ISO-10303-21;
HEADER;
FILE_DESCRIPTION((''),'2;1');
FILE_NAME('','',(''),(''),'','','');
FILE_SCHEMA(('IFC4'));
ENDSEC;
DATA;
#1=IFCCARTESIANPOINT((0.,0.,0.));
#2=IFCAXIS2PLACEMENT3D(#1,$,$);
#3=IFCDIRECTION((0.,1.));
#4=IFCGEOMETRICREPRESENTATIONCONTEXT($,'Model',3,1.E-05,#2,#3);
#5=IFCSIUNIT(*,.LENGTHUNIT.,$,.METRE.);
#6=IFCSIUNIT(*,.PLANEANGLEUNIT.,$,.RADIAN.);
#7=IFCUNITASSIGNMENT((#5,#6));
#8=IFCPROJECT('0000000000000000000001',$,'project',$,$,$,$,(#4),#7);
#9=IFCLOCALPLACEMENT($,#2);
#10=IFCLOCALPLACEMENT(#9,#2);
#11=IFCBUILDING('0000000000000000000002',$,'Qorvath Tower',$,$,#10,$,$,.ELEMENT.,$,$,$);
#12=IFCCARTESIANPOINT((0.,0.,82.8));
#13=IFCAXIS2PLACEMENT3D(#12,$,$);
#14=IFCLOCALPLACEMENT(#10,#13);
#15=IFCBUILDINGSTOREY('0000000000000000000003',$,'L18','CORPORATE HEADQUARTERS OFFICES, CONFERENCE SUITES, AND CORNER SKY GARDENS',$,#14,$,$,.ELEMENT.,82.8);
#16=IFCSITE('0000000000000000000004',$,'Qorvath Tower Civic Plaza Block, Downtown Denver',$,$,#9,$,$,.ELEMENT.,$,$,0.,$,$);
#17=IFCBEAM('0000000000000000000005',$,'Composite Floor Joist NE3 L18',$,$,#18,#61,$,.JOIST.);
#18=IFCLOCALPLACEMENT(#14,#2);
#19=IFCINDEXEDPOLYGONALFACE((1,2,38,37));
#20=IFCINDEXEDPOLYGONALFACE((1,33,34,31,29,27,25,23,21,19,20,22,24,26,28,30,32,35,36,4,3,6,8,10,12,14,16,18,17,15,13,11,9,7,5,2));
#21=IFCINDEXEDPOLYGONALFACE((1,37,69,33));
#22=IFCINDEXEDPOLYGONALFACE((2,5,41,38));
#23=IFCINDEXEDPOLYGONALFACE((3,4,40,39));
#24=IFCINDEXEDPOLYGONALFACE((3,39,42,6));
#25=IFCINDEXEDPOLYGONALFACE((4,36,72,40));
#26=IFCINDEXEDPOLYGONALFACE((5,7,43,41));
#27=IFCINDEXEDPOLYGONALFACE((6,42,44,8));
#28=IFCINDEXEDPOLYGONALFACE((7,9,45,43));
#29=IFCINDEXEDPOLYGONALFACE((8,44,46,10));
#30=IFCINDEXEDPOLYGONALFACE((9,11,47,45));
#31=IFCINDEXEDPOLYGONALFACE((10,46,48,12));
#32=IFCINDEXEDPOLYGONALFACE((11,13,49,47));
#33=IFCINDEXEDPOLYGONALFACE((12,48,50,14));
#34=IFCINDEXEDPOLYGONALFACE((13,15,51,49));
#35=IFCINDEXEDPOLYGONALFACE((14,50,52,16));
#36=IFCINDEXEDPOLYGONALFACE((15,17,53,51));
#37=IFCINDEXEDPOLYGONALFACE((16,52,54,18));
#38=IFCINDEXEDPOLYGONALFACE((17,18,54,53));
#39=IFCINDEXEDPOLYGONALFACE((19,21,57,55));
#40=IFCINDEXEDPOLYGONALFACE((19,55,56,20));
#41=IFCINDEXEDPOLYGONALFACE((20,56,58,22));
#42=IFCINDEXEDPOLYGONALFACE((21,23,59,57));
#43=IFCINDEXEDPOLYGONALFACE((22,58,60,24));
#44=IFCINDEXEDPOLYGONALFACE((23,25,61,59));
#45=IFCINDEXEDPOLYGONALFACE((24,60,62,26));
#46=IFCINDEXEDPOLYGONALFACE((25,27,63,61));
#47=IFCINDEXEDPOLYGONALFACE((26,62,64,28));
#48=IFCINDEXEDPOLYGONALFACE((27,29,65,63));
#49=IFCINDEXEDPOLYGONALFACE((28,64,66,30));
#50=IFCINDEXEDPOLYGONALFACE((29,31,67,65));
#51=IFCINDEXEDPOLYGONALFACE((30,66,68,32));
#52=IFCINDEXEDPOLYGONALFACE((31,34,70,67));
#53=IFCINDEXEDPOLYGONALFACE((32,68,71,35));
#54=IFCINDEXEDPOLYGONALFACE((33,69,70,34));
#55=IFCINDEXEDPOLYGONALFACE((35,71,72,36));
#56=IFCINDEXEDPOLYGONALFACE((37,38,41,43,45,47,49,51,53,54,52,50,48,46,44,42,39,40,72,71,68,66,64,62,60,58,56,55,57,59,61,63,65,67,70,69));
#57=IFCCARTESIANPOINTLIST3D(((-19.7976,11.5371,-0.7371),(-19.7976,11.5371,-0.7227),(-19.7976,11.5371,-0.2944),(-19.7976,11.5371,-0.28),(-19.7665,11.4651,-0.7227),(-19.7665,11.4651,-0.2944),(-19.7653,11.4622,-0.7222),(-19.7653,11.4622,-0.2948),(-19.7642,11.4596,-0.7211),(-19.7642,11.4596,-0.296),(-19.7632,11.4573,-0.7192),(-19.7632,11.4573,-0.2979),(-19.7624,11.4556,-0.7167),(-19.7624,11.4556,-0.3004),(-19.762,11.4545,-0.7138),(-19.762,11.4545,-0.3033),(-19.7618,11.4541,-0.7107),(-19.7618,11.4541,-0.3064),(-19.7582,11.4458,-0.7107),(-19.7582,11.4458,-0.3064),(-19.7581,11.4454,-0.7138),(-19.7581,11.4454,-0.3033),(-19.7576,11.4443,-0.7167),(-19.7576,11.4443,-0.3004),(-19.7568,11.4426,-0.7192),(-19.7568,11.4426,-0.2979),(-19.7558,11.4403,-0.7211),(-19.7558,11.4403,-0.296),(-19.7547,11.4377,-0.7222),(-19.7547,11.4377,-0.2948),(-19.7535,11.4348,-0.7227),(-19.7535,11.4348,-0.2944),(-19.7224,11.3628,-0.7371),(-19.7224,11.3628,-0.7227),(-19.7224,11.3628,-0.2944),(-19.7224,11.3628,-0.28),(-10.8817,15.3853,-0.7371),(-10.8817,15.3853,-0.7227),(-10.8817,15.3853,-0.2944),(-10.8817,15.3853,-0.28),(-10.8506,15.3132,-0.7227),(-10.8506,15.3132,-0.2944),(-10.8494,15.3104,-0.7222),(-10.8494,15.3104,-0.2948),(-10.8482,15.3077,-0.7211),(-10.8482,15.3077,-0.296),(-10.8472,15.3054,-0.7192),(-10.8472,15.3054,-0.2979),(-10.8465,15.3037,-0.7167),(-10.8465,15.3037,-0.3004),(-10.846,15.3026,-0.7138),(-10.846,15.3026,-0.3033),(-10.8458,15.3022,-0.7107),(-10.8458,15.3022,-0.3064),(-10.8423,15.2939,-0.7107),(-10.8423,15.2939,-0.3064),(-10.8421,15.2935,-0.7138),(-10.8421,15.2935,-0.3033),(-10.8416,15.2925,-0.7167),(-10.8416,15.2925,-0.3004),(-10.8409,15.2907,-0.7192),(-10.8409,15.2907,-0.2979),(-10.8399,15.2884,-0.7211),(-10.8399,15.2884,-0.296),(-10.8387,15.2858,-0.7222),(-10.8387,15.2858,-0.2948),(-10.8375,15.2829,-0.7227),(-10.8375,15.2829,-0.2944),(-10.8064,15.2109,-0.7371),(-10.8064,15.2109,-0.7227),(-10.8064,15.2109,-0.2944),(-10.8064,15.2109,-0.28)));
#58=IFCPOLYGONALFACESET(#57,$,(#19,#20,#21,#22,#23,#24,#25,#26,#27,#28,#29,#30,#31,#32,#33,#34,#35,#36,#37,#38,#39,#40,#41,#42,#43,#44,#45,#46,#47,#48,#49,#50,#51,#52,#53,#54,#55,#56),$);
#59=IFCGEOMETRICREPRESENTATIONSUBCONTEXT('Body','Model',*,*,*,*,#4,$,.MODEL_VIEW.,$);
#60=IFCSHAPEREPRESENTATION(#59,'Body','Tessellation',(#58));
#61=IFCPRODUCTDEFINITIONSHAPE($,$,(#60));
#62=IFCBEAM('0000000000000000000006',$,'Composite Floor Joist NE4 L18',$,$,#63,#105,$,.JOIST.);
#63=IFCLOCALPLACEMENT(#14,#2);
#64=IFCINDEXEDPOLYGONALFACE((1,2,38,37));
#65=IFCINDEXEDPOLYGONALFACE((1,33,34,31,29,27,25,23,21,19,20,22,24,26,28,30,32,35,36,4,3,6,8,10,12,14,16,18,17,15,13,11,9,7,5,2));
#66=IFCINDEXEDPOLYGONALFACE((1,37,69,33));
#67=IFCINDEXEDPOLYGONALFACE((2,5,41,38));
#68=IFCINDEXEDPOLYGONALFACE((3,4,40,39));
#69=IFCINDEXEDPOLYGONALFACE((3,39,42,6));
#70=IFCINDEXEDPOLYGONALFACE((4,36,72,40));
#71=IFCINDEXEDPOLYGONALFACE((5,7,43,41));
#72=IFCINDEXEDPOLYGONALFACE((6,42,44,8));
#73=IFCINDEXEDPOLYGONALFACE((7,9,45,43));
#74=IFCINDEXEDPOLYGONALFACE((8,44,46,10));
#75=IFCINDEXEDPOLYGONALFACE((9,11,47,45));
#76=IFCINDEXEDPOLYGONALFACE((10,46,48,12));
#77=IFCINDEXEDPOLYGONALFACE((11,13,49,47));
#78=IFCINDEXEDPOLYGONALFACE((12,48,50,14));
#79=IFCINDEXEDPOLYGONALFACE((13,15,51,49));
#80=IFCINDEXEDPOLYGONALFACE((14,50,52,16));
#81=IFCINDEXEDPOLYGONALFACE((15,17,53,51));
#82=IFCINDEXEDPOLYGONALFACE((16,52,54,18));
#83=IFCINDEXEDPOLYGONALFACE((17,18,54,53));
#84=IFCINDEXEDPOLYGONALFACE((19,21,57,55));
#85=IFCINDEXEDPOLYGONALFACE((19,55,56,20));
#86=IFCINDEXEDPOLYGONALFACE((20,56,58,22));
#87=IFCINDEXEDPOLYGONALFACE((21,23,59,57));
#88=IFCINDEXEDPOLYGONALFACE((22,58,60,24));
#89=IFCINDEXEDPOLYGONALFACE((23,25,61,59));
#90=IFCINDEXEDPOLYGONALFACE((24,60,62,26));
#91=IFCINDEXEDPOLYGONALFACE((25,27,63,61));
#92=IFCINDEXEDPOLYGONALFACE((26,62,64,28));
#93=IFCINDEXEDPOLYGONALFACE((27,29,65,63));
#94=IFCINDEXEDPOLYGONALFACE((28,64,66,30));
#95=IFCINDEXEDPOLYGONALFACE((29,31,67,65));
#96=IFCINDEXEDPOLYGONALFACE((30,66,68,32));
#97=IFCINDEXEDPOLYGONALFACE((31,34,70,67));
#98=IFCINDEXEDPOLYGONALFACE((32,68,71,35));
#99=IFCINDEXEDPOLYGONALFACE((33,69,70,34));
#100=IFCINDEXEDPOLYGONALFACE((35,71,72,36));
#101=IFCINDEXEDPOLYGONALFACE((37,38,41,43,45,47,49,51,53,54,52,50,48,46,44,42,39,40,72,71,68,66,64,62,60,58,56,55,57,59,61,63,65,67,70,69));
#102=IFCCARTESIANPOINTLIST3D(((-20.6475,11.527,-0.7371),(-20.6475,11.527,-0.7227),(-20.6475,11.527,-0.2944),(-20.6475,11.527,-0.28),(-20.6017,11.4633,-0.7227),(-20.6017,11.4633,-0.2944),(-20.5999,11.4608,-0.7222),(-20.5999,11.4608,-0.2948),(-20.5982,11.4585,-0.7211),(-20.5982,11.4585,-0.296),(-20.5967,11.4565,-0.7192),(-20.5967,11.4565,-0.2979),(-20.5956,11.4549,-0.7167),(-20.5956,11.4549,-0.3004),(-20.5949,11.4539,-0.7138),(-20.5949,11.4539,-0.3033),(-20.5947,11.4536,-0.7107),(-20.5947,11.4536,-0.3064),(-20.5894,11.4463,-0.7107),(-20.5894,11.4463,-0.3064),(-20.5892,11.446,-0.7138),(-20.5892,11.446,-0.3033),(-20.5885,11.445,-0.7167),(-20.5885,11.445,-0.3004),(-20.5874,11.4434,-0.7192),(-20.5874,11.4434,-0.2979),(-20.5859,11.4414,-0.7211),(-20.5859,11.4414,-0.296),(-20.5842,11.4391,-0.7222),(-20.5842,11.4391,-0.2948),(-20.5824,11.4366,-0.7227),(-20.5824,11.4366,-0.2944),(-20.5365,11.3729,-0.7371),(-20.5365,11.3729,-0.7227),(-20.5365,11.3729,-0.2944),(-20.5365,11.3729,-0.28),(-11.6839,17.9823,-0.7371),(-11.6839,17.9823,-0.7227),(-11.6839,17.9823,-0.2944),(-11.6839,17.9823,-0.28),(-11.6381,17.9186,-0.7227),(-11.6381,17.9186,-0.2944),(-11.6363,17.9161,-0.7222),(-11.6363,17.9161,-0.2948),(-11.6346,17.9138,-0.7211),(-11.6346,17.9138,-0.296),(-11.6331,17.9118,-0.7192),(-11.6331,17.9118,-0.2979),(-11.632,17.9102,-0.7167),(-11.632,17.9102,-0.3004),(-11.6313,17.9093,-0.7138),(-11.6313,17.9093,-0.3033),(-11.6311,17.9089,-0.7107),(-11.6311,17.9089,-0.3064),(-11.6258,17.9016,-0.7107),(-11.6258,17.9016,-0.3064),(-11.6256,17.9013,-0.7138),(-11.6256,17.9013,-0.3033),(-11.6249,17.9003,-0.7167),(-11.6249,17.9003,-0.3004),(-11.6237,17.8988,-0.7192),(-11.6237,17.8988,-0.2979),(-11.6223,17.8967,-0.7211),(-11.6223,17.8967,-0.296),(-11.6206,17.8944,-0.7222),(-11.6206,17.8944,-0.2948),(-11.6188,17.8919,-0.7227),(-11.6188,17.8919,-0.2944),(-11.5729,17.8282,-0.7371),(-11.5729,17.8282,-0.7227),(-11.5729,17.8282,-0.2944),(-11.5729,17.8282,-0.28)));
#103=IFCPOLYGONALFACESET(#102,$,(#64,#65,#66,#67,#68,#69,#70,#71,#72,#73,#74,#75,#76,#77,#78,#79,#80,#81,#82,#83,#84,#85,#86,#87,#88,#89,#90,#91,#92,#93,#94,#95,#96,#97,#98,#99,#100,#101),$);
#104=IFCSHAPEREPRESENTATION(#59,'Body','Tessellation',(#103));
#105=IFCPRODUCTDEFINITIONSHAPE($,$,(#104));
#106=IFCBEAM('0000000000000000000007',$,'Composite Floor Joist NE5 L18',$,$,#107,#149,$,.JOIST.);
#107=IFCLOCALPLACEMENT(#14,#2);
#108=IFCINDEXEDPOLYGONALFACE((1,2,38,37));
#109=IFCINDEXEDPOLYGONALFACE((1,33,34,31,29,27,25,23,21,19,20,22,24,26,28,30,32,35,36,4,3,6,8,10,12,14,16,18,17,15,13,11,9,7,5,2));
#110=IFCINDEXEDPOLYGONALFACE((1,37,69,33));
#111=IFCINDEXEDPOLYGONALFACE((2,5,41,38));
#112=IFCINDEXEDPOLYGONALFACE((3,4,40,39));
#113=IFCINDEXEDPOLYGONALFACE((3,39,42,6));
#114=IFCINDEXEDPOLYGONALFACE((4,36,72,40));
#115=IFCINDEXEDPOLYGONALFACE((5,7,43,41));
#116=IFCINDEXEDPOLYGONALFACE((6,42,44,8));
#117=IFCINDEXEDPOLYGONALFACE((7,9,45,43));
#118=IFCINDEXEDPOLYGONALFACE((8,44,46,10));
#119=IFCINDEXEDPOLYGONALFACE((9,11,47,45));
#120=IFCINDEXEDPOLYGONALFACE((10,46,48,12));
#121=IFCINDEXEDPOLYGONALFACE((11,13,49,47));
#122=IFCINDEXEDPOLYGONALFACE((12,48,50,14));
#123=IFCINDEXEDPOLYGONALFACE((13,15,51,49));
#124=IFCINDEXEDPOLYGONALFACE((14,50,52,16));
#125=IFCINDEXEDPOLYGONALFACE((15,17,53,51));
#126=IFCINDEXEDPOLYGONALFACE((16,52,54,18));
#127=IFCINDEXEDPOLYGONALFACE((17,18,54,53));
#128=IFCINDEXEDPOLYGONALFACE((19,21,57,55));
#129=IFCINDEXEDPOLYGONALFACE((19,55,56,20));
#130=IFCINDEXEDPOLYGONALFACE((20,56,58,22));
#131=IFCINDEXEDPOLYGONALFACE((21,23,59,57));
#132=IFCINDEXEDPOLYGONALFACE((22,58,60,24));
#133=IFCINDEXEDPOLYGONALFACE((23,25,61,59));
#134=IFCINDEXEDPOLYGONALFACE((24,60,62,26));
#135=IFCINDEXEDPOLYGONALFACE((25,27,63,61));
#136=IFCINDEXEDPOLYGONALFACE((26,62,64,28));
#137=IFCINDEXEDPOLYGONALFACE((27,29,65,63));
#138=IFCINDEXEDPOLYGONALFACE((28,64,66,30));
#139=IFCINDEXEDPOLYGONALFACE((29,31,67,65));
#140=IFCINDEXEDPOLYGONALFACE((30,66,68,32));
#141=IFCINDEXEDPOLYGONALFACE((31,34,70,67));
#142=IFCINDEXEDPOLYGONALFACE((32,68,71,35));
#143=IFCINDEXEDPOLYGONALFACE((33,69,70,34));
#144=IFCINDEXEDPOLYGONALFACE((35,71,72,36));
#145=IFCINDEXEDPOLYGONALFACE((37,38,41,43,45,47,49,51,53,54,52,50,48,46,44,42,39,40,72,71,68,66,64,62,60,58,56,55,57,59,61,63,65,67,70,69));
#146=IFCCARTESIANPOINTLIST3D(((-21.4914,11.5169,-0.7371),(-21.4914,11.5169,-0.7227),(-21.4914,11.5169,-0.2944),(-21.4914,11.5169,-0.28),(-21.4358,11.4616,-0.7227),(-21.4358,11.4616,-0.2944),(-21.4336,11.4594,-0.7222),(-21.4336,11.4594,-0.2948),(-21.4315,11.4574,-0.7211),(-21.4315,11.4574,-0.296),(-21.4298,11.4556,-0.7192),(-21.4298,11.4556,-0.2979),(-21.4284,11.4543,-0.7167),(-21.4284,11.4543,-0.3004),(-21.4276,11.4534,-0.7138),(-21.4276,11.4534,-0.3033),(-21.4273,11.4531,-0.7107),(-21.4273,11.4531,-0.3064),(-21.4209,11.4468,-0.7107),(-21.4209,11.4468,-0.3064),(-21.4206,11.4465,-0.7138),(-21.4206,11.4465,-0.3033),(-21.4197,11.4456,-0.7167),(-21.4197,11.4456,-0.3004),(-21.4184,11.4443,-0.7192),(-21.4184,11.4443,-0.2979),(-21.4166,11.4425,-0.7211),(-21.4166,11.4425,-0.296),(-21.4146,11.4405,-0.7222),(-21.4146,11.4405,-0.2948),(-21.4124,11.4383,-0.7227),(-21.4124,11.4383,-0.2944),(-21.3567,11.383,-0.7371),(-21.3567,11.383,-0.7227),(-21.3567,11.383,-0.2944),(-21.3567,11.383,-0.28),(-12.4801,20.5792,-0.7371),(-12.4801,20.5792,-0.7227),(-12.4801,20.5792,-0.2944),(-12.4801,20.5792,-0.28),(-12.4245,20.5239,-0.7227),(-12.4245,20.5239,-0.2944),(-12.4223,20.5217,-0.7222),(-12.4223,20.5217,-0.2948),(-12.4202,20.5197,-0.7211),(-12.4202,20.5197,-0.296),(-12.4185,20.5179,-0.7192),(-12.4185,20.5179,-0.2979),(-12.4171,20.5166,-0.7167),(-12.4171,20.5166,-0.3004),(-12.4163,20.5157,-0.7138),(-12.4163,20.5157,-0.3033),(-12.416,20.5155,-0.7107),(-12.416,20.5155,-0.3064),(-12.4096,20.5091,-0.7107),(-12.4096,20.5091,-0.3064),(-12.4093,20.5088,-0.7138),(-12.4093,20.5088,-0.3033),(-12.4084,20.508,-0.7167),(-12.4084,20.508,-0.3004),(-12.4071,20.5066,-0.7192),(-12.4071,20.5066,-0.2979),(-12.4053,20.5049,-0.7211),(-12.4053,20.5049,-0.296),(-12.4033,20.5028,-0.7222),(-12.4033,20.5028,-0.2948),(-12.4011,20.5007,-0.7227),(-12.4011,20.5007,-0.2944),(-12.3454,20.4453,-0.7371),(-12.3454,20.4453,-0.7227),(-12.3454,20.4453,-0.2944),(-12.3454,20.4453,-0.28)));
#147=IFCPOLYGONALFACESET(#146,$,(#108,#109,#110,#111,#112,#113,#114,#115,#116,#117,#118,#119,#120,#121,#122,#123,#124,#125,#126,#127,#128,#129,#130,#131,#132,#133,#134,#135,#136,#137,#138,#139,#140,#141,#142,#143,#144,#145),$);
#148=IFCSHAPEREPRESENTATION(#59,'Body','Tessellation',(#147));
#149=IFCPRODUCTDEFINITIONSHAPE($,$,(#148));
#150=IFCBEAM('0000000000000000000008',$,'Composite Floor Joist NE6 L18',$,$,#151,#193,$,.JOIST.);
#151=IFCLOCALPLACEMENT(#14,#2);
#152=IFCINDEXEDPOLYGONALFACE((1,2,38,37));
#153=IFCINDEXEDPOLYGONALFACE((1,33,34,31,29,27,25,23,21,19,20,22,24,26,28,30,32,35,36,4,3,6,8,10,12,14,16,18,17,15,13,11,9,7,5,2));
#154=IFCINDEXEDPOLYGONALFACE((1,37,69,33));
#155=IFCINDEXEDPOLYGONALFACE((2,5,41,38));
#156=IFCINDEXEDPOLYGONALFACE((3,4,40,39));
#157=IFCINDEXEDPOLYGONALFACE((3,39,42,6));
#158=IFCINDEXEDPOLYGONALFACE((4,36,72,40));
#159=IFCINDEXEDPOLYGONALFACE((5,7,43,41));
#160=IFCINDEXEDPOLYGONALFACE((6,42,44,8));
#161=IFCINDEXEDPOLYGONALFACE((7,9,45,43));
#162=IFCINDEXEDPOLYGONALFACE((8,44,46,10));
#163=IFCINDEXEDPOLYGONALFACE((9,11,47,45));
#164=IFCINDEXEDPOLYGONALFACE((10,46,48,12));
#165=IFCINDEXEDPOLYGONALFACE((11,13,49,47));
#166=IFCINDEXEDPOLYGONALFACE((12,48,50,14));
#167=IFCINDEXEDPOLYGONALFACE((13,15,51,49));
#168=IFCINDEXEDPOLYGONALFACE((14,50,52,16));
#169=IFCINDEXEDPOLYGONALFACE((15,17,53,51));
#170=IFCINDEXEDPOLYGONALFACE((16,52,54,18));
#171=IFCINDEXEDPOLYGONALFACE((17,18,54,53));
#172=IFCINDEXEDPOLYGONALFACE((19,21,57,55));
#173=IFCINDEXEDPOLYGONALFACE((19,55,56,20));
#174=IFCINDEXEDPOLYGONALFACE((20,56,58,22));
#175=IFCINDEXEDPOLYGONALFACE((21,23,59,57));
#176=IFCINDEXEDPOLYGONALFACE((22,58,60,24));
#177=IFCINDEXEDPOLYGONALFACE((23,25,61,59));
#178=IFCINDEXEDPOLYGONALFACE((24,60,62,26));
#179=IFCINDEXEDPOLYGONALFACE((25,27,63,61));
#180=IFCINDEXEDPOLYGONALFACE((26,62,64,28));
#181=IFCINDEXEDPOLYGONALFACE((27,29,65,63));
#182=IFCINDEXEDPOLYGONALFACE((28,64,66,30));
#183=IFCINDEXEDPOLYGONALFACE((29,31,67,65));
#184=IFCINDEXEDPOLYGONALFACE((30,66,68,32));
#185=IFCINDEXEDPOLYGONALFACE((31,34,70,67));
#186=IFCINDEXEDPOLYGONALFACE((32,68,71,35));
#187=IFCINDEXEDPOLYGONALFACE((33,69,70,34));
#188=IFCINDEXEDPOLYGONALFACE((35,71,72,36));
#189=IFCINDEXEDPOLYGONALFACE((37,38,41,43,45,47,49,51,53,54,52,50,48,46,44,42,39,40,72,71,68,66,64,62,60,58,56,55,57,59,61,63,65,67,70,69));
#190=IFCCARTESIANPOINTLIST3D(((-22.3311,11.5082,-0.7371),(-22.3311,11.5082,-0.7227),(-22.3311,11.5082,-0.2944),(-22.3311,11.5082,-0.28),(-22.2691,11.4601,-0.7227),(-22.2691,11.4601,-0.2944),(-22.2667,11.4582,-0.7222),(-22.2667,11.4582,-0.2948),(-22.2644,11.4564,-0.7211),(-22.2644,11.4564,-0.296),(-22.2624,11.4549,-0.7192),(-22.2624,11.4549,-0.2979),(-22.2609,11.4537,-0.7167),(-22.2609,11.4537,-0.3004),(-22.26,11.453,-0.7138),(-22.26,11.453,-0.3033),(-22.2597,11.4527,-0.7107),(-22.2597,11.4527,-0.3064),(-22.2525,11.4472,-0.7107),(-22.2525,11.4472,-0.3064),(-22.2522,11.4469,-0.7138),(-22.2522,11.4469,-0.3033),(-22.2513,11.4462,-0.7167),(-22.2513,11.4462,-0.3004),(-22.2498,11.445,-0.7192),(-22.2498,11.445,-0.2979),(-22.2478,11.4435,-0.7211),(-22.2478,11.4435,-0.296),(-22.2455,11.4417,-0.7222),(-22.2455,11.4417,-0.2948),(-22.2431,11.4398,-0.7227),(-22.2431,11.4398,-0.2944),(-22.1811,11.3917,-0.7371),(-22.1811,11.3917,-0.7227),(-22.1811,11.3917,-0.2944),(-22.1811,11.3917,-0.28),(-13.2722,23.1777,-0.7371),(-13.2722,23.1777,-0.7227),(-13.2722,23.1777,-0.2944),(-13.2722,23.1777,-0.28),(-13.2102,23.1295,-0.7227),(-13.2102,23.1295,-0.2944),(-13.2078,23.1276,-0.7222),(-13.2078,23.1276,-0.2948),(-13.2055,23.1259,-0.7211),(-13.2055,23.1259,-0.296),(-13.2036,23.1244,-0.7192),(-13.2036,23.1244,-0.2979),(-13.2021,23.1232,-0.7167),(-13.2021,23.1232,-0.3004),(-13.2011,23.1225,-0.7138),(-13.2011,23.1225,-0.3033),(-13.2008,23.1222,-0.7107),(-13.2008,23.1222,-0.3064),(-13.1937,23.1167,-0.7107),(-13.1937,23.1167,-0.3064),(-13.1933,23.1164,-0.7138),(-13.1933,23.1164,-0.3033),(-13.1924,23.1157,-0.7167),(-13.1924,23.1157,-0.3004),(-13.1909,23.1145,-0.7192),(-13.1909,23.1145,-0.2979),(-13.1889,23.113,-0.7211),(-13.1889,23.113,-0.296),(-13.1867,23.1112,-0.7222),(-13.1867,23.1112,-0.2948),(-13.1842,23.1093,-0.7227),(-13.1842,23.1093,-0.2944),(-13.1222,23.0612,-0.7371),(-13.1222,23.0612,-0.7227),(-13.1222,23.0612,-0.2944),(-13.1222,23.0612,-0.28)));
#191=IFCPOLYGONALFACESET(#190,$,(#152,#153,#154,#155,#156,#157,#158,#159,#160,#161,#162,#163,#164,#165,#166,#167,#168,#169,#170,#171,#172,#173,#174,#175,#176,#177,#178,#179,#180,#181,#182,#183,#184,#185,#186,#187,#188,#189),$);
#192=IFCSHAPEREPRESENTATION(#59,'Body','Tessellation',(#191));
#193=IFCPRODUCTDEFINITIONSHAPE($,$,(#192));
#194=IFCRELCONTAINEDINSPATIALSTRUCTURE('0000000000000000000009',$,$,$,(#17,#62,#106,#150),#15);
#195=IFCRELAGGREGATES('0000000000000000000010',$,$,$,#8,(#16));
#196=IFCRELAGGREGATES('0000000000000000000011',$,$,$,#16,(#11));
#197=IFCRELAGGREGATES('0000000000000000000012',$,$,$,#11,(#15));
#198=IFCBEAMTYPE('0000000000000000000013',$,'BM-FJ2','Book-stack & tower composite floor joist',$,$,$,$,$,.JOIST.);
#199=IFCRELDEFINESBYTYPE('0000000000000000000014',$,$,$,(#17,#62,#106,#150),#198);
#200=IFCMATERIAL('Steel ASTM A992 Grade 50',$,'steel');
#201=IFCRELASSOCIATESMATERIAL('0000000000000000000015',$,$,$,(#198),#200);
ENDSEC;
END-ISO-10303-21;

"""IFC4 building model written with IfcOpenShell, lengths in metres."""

from ifc_helpers import new_model, si_unit, direction, frame, origin, origin_2d, place, context, subcontext, project, spatial, i_section, extrude, material, material_profile, profile_set, type_object, element, save


model = new_model("IFC4")

# Units and contexts
model_context = context("Model", 3, precision=1e-05, world=origin(), true_north=direction((0.0, 1.0)))
body_context = subcontext(model_context, "Body", "Model", "MODEL_VIEW")
ifc_project = project(units=[si_unit("LENGTHUNIT", "METRE"), si_unit("PLANEANGLEUNIT", "RADIAN")], contexts=[model_context])

# Site, building, storey
site_placement = place(None, origin())
site = spatial("IfcSite", under=ifc_project, at=site_placement, Name="Qorvath Tower Civic Plaza Block, Downtown Denver", CompositionType="ELEMENT", RefElevation=0.0)
building_placement = place(site_placement, origin())
building = spatial("IfcBuilding", under=site, at=building_placement, Name="Qorvath Tower", CompositionType="ELEMENT")
storey_placement = place(building_placement, frame((0.0, 0.0, 82.8)))
storey = spatial("IfcBuildingStorey", under=building, at=storey_placement, Name="L18", Description="CORPORATE HEADQUARTERS OFFICES, CONFERENCE SUITES, AND CORNER SKY GARDENS", CompositionType="ELEMENT", Elevation=82.8)

# Beams
ifc_material_1 = material(Name="Steel ASTM A992 Grade 50", Category="steel")
ifc_material_profile_1 = material_profile(ifc_material_1, i_section(OverallWidth=0.1899, OverallDepth=0.457, WebThickness=0.009, FlangeThickness=0.0144, FilletRadius=0.012, at=origin_2d()), Name="W18x50")
ifc_profile_set_1 = profile_set([ifc_material_profile_1], Name="Steel ASTM A992 Grade 50")
beam_type_1 = type_object("IfcBeamType", Name="BM-FJ2", Description="Book-stack & tower composite floor joist", PredefinedType="JOIST", material=ifc_profile_set_1)
beam_1_placement = place(storey_placement, frame((-19.76, 11.45, -0.5085), z_axis=(0.918136, 0.396266, 0.0), x_axis=(-0.396266, 0.918136, 0.0)))
element("IfcBeam", 1, at=beam_1_placement, inside=storey, type_object=beam_type_1, Name="Composite Floor Joist NE3 L18", PredefinedType="JOIST", context=body_context, shape_type="SweptSolid", body=[
    extrude(i_section(OverallWidth=0.1899, OverallDepth=0.457, WebThickness=0.009, FlangeThickness=0.0144, FilletRadius=0.012, at=origin_2d()), origin(), (0.0, 0.0, 1.0), 9.7109),
])
beam_2_placement = place(storey_placement, frame((-20.592, 11.45, -0.5085), z_axis=(0.811469, 0.584395, 0.0), x_axis=(-0.584395, 0.811469, 0.0)))
element("IfcBeam", 2, at=beam_2_placement, inside=storey, type_object=beam_type_1, Name="Composite Floor Joist NE4 L18", PredefinedType="JOIST", context=body_context, shape_type="SweptSolid", body=[
    extrude(i_section(OverallWidth=0.1899, OverallDepth=0.457, WebThickness=0.009, FlangeThickness=0.0144, FilletRadius=0.012, at=origin_2d()), origin(), (0.0, 0.0, 1.0), 11.0461),
])
beam_3_placement = place(storey_placement, frame((-21.4241, 11.45, -0.5085), z_axis=(0.705108, 0.7091, 0.0), x_axis=(-0.7091, 0.705108, 0.0)))
element("IfcBeam", 3, at=beam_3_placement, inside=storey, type_object=beam_type_1, Name="Composite Floor Joist NE5 L18", PredefinedType="JOIST", context=body_context, shape_type="SweptSolid", body=[
    extrude(i_section(OverallWidth=0.1899, OverallDepth=0.457, WebThickness=0.009, FlangeThickness=0.0144, FilletRadius=0.012, at=origin_2d()), origin(), (0.0, 0.0, 1.0), 12.78),
])
beam_4_placement = place(storey_placement, frame((-22.2561, 11.45, -0.5085), z_axis=(0.613207, 0.789922, 0.0), x_axis=(-0.789922, 0.613207, 0.0)))
element("IfcBeam", 4, at=beam_4_placement, inside=storey, type_object=beam_type_1, Name="Composite Floor Joist NE6 L18", PredefinedType="JOIST", context=body_context, shape_type="SweptSolid", body=[
    extrude(i_section(OverallWidth=0.1899, OverallDepth=0.457, WebThickness=0.009, FlangeThickness=0.0144, FilletRadius=0.012, at=origin_2d()), origin(), (0.0, 0.0, 1.0), 14.7729),
])

save(model, "model.ifc")
